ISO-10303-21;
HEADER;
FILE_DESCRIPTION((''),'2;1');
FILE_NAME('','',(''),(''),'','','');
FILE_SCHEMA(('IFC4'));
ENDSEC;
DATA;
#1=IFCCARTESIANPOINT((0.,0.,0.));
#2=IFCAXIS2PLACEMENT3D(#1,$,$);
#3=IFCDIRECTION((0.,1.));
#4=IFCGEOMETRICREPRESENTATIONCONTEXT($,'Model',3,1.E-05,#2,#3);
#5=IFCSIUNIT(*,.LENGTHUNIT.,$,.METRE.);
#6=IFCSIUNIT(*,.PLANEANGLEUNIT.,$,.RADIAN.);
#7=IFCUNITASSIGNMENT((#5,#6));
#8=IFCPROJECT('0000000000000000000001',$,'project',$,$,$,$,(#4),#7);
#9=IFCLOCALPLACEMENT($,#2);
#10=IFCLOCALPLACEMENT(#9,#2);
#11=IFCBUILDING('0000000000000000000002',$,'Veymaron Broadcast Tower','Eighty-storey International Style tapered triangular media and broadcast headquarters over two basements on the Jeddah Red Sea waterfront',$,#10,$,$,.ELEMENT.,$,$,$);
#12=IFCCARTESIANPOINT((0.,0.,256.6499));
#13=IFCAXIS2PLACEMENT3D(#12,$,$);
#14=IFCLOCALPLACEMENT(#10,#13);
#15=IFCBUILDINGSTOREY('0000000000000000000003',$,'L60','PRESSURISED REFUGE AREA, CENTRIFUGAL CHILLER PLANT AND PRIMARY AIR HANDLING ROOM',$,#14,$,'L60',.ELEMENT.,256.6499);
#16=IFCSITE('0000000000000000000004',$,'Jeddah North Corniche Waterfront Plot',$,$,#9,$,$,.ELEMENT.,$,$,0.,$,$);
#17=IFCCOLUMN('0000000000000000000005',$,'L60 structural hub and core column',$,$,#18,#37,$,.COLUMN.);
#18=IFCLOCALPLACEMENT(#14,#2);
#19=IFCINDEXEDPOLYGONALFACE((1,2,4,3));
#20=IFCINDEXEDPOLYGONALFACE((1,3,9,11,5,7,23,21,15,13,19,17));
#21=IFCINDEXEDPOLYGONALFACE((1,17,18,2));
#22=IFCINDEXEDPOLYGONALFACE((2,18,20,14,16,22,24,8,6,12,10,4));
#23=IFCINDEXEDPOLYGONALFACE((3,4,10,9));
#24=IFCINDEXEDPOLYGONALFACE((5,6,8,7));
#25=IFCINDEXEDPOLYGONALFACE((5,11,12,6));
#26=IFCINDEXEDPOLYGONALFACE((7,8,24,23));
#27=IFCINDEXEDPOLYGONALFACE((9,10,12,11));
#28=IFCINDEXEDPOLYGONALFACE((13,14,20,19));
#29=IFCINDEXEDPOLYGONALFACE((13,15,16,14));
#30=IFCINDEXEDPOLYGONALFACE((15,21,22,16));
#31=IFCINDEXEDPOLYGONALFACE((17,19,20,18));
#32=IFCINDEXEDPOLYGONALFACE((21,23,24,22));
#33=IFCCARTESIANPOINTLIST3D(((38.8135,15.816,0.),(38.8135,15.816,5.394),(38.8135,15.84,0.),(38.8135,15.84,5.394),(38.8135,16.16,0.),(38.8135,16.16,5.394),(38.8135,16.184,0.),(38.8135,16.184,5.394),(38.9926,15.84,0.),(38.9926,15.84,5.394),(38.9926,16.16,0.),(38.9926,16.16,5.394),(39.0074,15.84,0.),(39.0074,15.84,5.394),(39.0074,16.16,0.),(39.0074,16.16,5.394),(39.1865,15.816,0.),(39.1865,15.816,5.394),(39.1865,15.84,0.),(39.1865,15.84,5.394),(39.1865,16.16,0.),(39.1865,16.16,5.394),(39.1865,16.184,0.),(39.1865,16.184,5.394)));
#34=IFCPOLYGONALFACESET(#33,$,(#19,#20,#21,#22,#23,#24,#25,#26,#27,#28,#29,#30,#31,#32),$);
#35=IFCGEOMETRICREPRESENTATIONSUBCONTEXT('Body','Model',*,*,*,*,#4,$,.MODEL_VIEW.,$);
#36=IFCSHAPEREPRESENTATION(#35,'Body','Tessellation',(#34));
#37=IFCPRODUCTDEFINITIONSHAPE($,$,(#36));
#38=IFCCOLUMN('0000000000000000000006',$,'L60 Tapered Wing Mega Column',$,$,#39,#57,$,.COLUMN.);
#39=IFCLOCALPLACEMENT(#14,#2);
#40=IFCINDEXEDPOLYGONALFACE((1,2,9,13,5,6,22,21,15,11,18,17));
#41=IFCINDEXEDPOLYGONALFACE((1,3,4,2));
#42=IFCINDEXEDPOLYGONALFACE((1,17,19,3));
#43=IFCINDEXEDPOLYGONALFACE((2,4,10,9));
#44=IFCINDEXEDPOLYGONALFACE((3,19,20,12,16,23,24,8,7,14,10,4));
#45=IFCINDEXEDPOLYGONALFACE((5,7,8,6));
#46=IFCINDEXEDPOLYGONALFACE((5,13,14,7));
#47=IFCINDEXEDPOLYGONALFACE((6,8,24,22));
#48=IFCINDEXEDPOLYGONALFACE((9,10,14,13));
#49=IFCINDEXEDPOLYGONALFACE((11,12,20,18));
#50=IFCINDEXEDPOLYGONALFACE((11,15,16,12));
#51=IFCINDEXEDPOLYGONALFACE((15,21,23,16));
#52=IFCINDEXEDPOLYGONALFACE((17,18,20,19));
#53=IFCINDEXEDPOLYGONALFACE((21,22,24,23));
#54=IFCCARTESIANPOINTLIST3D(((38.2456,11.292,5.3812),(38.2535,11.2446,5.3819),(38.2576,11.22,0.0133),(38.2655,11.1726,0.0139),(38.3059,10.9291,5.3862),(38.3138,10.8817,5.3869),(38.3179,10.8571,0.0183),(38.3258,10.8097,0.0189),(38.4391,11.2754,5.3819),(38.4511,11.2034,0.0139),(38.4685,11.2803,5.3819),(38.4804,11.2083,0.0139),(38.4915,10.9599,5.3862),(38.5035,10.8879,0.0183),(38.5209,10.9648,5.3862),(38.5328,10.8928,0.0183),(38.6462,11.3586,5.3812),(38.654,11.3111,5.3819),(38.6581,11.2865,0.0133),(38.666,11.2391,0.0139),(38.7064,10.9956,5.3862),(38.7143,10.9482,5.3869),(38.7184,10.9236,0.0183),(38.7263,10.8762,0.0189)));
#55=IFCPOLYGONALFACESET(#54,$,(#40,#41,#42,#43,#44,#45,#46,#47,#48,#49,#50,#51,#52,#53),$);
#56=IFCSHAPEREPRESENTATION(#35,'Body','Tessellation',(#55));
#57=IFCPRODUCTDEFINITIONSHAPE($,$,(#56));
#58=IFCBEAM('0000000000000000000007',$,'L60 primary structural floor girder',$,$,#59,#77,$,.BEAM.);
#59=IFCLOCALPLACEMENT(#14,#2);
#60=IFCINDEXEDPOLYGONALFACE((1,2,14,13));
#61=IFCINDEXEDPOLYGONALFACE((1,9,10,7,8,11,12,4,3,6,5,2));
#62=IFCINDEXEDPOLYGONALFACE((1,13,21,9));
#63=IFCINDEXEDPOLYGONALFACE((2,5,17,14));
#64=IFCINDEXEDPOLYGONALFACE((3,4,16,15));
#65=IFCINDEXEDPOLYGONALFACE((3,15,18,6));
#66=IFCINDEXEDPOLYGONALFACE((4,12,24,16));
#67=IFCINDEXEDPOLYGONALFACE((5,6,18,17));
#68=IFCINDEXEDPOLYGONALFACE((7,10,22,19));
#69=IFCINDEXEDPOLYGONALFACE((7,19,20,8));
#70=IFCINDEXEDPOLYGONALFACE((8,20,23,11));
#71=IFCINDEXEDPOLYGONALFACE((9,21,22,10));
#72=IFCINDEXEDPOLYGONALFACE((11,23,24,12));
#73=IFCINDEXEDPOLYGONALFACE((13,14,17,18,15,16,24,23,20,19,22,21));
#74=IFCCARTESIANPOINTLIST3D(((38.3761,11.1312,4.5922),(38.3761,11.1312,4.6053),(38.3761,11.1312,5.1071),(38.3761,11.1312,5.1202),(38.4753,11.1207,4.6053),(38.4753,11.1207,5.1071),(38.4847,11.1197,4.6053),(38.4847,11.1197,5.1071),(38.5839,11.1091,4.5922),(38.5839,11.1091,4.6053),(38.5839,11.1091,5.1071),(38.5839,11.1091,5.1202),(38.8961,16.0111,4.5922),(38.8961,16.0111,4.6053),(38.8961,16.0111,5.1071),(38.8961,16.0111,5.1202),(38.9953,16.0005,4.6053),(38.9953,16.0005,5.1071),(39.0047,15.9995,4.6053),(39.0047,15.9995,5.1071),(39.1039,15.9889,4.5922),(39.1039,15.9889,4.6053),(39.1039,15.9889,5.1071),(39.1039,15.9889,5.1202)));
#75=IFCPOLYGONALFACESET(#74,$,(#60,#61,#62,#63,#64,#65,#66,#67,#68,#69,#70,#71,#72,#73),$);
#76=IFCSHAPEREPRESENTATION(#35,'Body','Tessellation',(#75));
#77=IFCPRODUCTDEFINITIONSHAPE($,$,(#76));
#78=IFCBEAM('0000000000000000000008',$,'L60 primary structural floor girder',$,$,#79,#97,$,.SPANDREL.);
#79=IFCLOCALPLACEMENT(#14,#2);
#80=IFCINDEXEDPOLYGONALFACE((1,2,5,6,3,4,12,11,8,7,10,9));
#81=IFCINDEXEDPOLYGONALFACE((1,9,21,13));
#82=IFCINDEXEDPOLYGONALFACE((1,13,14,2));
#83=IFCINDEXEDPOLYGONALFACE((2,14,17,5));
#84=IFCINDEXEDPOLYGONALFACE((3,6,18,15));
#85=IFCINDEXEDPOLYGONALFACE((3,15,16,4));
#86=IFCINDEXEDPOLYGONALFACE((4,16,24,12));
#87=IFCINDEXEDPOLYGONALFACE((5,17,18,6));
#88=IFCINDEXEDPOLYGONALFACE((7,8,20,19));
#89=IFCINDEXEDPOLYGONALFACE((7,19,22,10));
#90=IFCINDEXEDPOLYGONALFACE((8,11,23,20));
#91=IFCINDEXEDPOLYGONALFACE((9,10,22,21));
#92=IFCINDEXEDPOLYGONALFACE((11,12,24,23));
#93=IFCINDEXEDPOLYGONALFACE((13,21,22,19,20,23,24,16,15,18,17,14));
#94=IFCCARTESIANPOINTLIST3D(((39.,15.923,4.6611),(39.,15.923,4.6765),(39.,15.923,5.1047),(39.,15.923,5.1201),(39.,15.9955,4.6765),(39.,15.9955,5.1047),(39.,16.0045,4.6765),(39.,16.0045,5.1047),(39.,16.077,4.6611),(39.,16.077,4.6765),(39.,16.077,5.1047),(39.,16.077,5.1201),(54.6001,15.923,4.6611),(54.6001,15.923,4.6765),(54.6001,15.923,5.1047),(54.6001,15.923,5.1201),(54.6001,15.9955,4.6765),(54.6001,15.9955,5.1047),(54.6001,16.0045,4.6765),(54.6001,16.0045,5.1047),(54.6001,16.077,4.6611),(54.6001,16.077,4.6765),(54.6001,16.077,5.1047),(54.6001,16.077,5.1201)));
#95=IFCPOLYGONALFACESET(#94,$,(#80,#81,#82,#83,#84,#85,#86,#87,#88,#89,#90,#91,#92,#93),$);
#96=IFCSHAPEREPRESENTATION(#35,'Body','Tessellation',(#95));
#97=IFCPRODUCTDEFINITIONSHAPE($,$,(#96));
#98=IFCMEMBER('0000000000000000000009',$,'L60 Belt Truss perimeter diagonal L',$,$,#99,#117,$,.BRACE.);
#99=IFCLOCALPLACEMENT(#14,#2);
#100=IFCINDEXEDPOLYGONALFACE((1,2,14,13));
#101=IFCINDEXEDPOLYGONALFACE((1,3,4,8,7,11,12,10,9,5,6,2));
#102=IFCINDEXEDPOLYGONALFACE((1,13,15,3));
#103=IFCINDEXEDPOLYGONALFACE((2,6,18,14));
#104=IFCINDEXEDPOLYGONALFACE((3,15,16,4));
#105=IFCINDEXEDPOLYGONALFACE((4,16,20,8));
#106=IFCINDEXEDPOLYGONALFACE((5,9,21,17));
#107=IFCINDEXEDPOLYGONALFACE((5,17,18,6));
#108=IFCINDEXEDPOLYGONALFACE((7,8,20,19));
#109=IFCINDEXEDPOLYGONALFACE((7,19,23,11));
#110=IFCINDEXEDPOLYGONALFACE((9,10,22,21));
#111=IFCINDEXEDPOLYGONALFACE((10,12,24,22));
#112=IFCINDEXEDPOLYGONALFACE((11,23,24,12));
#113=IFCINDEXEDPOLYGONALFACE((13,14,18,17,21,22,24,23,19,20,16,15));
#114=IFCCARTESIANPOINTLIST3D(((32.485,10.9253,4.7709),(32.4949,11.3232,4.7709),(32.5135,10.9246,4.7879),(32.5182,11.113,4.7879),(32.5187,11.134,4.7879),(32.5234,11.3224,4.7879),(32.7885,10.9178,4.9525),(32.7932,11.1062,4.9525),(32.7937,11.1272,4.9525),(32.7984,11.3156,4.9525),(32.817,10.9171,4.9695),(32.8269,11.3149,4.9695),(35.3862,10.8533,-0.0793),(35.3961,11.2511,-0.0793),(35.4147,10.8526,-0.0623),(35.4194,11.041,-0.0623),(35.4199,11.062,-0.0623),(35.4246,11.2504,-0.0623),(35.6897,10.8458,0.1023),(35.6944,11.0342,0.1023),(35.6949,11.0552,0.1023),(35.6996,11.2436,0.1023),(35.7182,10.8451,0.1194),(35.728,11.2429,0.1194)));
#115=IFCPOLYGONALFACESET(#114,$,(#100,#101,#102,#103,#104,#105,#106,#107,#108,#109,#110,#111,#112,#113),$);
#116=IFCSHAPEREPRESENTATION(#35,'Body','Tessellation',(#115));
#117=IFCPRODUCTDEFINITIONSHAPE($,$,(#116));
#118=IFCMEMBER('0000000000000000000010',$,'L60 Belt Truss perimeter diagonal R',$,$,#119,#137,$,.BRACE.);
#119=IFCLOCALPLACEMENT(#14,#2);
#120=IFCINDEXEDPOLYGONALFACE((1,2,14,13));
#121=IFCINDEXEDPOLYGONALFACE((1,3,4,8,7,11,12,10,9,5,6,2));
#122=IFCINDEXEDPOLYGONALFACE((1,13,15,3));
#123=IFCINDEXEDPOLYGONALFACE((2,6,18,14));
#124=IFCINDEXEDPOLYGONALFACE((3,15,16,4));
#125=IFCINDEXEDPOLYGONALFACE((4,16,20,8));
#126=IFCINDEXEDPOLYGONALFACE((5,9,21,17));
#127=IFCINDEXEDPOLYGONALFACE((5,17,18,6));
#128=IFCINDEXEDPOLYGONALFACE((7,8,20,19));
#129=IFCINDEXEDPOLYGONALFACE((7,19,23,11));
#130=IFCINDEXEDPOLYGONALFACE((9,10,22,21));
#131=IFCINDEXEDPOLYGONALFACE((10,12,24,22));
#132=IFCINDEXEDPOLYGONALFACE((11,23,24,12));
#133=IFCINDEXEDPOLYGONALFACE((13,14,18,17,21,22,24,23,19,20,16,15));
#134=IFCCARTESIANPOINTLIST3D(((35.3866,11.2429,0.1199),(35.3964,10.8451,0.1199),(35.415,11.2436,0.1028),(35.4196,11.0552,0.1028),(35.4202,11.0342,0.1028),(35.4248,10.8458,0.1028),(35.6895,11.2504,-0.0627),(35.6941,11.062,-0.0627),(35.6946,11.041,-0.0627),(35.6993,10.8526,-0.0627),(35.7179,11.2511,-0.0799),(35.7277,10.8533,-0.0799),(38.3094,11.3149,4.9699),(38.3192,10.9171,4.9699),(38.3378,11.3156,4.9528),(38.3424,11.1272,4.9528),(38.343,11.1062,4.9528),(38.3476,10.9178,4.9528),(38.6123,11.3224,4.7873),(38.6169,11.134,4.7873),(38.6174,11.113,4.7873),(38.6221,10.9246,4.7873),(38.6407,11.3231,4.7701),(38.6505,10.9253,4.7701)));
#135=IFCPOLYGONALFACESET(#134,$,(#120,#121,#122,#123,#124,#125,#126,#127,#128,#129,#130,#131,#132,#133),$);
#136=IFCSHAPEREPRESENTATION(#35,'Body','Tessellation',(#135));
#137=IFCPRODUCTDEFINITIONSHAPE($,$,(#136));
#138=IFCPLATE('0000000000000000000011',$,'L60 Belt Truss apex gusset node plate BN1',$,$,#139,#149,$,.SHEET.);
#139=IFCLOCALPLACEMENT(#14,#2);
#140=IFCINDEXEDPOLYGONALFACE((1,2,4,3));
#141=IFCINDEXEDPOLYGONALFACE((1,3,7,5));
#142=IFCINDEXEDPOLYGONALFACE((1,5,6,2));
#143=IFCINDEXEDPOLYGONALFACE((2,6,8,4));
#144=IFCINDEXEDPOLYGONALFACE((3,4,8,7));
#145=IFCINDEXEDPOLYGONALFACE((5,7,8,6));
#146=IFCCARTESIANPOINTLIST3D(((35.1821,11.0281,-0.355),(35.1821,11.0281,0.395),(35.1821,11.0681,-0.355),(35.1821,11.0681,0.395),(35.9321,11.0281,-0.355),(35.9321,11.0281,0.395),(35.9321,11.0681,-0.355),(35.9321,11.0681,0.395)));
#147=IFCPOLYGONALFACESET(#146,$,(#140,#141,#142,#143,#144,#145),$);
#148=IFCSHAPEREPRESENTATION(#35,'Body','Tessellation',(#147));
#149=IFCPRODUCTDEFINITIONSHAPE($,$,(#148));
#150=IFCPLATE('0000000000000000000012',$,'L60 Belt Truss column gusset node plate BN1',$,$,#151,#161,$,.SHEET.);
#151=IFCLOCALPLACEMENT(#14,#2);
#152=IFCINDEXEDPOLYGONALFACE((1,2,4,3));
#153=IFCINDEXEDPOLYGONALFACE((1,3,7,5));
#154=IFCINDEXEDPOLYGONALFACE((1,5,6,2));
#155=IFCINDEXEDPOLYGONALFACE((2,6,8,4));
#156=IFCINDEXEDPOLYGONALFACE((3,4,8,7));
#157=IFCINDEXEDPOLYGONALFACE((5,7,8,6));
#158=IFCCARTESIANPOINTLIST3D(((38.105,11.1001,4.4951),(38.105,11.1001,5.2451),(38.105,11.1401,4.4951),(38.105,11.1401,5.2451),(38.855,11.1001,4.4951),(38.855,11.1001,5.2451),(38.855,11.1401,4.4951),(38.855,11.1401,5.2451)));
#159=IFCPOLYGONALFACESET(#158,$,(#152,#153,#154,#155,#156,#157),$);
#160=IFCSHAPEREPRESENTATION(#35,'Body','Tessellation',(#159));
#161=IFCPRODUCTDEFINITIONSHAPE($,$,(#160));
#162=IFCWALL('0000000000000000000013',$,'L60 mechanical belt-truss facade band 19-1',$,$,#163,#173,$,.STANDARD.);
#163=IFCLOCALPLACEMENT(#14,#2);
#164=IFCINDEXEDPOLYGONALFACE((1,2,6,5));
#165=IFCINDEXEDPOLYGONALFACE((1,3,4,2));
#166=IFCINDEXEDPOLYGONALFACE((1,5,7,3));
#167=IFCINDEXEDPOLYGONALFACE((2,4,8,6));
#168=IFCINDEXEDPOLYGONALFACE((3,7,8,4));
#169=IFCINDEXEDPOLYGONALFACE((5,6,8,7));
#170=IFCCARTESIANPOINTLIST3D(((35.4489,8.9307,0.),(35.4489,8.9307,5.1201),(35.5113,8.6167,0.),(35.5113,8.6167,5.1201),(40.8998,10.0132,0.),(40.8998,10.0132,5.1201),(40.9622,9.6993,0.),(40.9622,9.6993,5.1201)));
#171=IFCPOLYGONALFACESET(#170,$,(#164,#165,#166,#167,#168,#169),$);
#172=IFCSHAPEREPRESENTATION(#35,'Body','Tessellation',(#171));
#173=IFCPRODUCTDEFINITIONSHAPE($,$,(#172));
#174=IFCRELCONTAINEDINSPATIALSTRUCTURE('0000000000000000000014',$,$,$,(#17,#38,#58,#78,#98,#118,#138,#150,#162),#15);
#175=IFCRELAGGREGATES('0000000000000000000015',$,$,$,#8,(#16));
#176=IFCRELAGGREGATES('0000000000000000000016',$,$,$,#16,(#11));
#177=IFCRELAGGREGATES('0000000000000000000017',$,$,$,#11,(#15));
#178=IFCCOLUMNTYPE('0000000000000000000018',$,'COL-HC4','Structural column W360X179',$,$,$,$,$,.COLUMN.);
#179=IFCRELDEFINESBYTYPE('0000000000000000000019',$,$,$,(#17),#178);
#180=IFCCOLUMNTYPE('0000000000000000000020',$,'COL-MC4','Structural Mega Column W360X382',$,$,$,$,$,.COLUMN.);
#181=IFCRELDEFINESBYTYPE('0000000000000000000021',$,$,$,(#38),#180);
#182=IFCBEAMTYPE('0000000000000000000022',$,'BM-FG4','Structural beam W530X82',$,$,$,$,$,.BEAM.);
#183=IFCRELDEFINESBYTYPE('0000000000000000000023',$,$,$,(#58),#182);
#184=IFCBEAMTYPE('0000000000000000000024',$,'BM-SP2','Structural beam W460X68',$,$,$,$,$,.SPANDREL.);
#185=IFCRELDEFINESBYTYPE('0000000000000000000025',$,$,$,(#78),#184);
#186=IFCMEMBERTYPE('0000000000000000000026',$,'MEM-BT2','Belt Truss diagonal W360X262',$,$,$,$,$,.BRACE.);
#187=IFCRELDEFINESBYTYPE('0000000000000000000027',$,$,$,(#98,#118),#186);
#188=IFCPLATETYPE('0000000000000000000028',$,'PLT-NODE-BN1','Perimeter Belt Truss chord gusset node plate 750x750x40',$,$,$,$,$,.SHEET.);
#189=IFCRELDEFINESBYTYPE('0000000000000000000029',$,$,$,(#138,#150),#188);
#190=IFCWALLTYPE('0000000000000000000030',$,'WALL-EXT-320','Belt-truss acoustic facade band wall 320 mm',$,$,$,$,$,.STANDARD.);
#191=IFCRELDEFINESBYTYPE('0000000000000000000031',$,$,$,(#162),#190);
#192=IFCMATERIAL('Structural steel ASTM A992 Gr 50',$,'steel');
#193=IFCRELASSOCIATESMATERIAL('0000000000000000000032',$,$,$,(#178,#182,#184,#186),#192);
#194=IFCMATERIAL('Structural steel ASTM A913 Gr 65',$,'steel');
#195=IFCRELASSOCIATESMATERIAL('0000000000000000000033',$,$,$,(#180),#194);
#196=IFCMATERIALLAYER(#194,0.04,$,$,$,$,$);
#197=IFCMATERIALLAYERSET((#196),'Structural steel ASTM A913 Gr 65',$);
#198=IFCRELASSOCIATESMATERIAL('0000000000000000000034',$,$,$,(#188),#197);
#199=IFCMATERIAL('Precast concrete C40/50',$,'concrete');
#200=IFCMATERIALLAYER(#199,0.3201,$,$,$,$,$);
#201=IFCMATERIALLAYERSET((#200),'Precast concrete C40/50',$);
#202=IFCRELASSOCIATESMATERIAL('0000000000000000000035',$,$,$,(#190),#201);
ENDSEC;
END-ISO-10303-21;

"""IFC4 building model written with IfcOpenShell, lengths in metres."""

from ifc_helpers import new_model, si_unit, direction, frame, frame_2d, origin, origin_2d, place, context, subcontext, project, spatial, rectangle, i_section, extrude, material, layer, layer_set, material_profile, profile_set, type_object, element, save


model = new_model("IFC4")

# Units and contexts
model_context = context("Model", 3, precision=1e-05, world=origin(), true_north=direction((0.0, 1.0)))
body_context = subcontext(model_context, "Body", "Model", "MODEL_VIEW")
ifc_project = project(units=[si_unit("LENGTHUNIT", "METRE"), si_unit("PLANEANGLEUNIT", "RADIAN")], contexts=[model_context])

# Site, building, storey
site_placement = place(None, origin())
site = spatial("IfcSite", under=ifc_project, at=site_placement, Name="Jeddah North Corniche Waterfront Plot", CompositionType="ELEMENT", RefElevation=0.0)
building_placement = place(site_placement, origin())
building = spatial("IfcBuilding", under=site, at=building_placement, Name="Veymaron Broadcast Tower", Description="Eighty-storey International Style tapered triangular media and broadcast headquarters over two basements on the Jeddah Red Sea waterfront", CompositionType="ELEMENT")
storey_placement = place(building_placement, frame((0.0, 0.0, 256.6499)))
storey = spatial("IfcBuildingStorey", under=building, at=storey_placement, Name="L60", Description="PRESSURISED REFUGE AREA, CENTRIFUGAL CHILLER PLANT AND PRIMARY AIR HANDLING ROOM", LongName="L60", CompositionType="ELEMENT", Elevation=256.6499)

# Columns
ifc_material_1 = material(Name="Structural steel ASTM A992 Gr 50", Category="steel")
ifc_material_profile_1 = material_profile(ifc_material_1, i_section(OverallWidth=0.373, OverallDepth=0.3679, WebThickness=0.0149, FlangeThickness=0.0239, at=origin_2d()), Name="W360X179")
ifc_profile_set_1 = profile_set([ifc_material_profile_1], Name="Structural steel ASTM A992 Gr 50")
column_type_1 = type_object("IfcColumnType", Name="COL-HC4", Description="Structural column W360X179", PredefinedType="COLUMN", material=ifc_profile_set_1)
column_1_placement = place(storey_placement, frame((39.0, 16.0, 0.0), z_axis=(0.0, 0.0, 1.0), x_axis=(1.0, 0.0, 0.0)))
element("IfcColumn", 1, at=column_1_placement, inside=storey, type_object=column_type_1, Name="L60 structural hub and core column", PredefinedType="COLUMN", context=body_context, shape_type="SweptSolid", body=[
    extrude(i_section(OverallWidth=0.373, OverallDepth=0.3679, WebThickness=0.0149, FlangeThickness=0.0239, at=origin_2d()), origin(), (0.0, 0.0, 1.0), 5.394),
])
ifc_material_2 = material(Name="Structural steel ASTM A913 Gr 65", Category="steel")
ifc_material_profile_2 = material_profile(ifc_material_2, i_section(OverallWidth=0.406, OverallDepth=0.416, WebThickness=0.0298, FlangeThickness=0.0481, at=origin_2d()), Name="W360X382")
ifc_profile_set_2 = profile_set([ifc_material_profile_2], Name="Structural steel ASTM A913 Gr 65")
column_type_2 = type_object("IfcColumnType", Name="COL-MC4", Description="Structural Mega Column W360X382", PredefinedType="COLUMN", material=ifc_profile_set_2)
column_2_placement = place(storey_placement, frame((38.4919, 11.0481, 0.0161), z_axis=(-0.002228, 0.013416, 0.999908), x_axis=(-0.986484, -0.163857, 0.0)))
element("IfcColumn", 2, at=column_2_placement, inside=storey, type_object=column_type_2, Name="L60 Tapered Wing Mega Column", PredefinedType="COLUMN", context=body_context, shape_type="SweptSolid", body=[
    extrude(i_section(OverallWidth=0.406, OverallDepth=0.416, WebThickness=0.0298, FlangeThickness=0.0481, at=origin_2d()), origin(), (0.0, 0.0, 1.0), 5.3684),
])

# Beams
ifc_material_profile_3 = material_profile(ifc_material_1, i_section(OverallWidth=0.209, OverallDepth=0.5281, WebThickness=0.0095, FlangeThickness=0.0132, at=origin_2d()), Name="W530X82")
ifc_profile_set_3 = profile_set([ifc_material_profile_3], Name="Structural steel ASTM A992 Gr 50")
beam_type_1 = type_object("IfcBeamType", Name="BM-FG4", Description="Structural beam W530X82", PredefinedType="BEAM", material=ifc_profile_set_3)
beam_1_placement = place(storey_placement, frame((39.0, 16.0, 4.8562), z_axis=(-0.105964, -0.99437, 0.0), x_axis=(0.99437, -0.105964, 0.0)))
element("IfcBeam", 3, at=beam_1_placement, inside=storey, type_object=beam_type_1, Name="L60 primary structural floor girder", PredefinedType="BEAM", context=body_context, shape_type="SweptSolid", body=[
    extrude(i_section(OverallWidth=0.209, OverallDepth=0.5281, WebThickness=0.0095, FlangeThickness=0.0132, at=origin_2d()), origin(), (0.0, 0.0, 1.0), 4.9075),
])
ifc_material_profile_4 = material_profile(ifc_material_1, i_section(OverallWidth=0.1541, OverallDepth=0.459, WebThickness=0.009, FlangeThickness=0.0154, at=origin_2d()), Name="W460X68")
ifc_profile_set_4 = profile_set([ifc_material_profile_4], Name="Structural steel ASTM A992 Gr 50")
beam_type_2 = type_object("IfcBeamType", Name="BM-SP2", Description="Structural beam W460X68", PredefinedType="SPANDREL", material=ifc_profile_set_4)
beam_2_placement = place(storey_placement, frame((39.0, 16.0, 4.8906), z_axis=(1.0, 0.0, 0.0), x_axis=(0.0, 1.0, 0.0)))
element("IfcBeam", 4, at=beam_2_placement, inside=storey, type_object=beam_type_2, Name="L60 primary structural floor girder", PredefinedType="SPANDREL", context=body_context, shape_type="SweptSolid", body=[
    extrude(i_section(OverallWidth=0.1541, OverallDepth=0.459, WebThickness=0.009, FlangeThickness=0.0154, at=origin_2d()), origin(), (0.0, 0.0, 1.0), 15.6001),
])

# Members
ifc_material_profile_5 = material_profile(ifc_material_1, i_section(OverallWidth=0.3979, OverallDepth=0.387, WebThickness=0.021, FlangeThickness=0.0332, at=origin_2d()), Name="W360X262")
ifc_profile_set_5 = profile_set([ifc_material_profile_5], Name="Structural steel ASTM A992 Gr 50")
member_type = type_object("IfcMemberType", Name="MEM-BT2", Description="Belt Truss diagonal W360X262", PredefinedType="BRACE", material=ifc_profile_set_5)
member_1_placement = place(storey_placement, frame((35.5571, 11.0481, 0.02), z_axis=(-0.513291, 0.012743, 0.85812), x_axis=(-0.024818, -0.999692, 0.0)))
element("IfcMember", 5, at=member_1_placement, inside=storey, type_object=member_type, Name="L60 Belt Truss perimeter diagonal L", PredefinedType="BRACE", context=body_context, shape_type="SweptSolid", body=[
    extrude(i_section(OverallWidth=0.3979, OverallDepth=0.387, WebThickness=0.021, FlangeThickness=0.0332, at=origin_2d()), origin(), (0.0, 0.0, 1.0), 5.6521),
])
member_2_placement = place(storey_placement, frame((35.5571, 11.0481, 0.02), z_axis=(0.516114, 0.012717, 0.856425), x_axis=(-0.024633, 0.999697, 0.0)))
element("IfcMember", 6, at=member_2_placement, inside=storey, type_object=member_type, Name="L60 Belt Truss perimeter diagonal R", PredefinedType="BRACE", context=body_context, shape_type="SweptSolid", body=[
    extrude(i_section(OverallWidth=0.3979, OverallDepth=0.387, WebThickness=0.021, FlangeThickness=0.0332, at=origin_2d()), origin(), (0.0, 0.0, 1.0), 5.6631),
])

# Plates
ifc_layer_1 = layer(ifc_material_2, 0.04)
ifc_layer_set_1 = layer_set([ifc_layer_1], Name="Structural steel ASTM A913 Gr 65")
plate_type = type_object("IfcPlateType", Name="PLT-NODE-BN1", Description="Perimeter Belt Truss chord gusset node plate 750x750x40", PredefinedType="SHEET", material=ifc_layer_set_1)
for number, where, z_axis, x_axis, name in (
    (7, (35.5571, 11.0481, -0.355), (0.0, 0.0, 1.0), (1.0, 0.0, 0.0), "L60 Belt Truss apex gusset node plate BN1"),
    (8, (38.48, 11.1201, 4.4951), (0.0, 0.0, 1.0), (1.0, 0.0, 0.0), "L60 Belt Truss column gusset node plate BN1"),
):
    element("IfcPlate", number, at=place(storey_placement, frame(where, z_axis=z_axis, x_axis=x_axis)), inside=storey, type_object=plate_type, Name=name, PredefinedType="SHEET", context=body_context, shape_type="SweptSolid", body=[
        extrude(rectangle(XDim=0.75, YDim=0.04, at=origin_2d()), origin(), (0.0, 0.0, 1.0), 0.75),
    ])

# Wall
ifc_material_3 = material(Name="Precast concrete C40/50", Category="concrete")
ifc_layer_2 = layer(ifc_material_3, 0.3201)
ifc_layer_set_2 = layer_set([ifc_layer_2], Name="Precast concrete C40/50")
wall_type_1 = type_object("IfcWallType", Name="WALL-EXT-320", Description="Belt-truss acoustic facade band wall 320 mm", PredefinedType="STANDARD", material=ifc_layer_set_2)
wall_1_placement = place(storey_placement, frame((35.48, 8.7737, 0.0), z_axis=(0.0, 0.0, 1.0), x_axis=(0.980845, 0.19479, 0.0)))
element("IfcWall", 9, at=wall_1_placement, inside=storey, type_object=wall_type_1, Name="L60 mechanical belt-truss facade band 19-1", PredefinedType="STANDARD", context=body_context, shape_type="SweptSolid", body=[
    extrude(rectangle(XDim=5.5574, YDim=0.3201, at=frame_2d((2.7788, 0.0))), origin(), (0.0, 0.0, 1.0), 5.1201),
])

save(model, "model.ifc")
